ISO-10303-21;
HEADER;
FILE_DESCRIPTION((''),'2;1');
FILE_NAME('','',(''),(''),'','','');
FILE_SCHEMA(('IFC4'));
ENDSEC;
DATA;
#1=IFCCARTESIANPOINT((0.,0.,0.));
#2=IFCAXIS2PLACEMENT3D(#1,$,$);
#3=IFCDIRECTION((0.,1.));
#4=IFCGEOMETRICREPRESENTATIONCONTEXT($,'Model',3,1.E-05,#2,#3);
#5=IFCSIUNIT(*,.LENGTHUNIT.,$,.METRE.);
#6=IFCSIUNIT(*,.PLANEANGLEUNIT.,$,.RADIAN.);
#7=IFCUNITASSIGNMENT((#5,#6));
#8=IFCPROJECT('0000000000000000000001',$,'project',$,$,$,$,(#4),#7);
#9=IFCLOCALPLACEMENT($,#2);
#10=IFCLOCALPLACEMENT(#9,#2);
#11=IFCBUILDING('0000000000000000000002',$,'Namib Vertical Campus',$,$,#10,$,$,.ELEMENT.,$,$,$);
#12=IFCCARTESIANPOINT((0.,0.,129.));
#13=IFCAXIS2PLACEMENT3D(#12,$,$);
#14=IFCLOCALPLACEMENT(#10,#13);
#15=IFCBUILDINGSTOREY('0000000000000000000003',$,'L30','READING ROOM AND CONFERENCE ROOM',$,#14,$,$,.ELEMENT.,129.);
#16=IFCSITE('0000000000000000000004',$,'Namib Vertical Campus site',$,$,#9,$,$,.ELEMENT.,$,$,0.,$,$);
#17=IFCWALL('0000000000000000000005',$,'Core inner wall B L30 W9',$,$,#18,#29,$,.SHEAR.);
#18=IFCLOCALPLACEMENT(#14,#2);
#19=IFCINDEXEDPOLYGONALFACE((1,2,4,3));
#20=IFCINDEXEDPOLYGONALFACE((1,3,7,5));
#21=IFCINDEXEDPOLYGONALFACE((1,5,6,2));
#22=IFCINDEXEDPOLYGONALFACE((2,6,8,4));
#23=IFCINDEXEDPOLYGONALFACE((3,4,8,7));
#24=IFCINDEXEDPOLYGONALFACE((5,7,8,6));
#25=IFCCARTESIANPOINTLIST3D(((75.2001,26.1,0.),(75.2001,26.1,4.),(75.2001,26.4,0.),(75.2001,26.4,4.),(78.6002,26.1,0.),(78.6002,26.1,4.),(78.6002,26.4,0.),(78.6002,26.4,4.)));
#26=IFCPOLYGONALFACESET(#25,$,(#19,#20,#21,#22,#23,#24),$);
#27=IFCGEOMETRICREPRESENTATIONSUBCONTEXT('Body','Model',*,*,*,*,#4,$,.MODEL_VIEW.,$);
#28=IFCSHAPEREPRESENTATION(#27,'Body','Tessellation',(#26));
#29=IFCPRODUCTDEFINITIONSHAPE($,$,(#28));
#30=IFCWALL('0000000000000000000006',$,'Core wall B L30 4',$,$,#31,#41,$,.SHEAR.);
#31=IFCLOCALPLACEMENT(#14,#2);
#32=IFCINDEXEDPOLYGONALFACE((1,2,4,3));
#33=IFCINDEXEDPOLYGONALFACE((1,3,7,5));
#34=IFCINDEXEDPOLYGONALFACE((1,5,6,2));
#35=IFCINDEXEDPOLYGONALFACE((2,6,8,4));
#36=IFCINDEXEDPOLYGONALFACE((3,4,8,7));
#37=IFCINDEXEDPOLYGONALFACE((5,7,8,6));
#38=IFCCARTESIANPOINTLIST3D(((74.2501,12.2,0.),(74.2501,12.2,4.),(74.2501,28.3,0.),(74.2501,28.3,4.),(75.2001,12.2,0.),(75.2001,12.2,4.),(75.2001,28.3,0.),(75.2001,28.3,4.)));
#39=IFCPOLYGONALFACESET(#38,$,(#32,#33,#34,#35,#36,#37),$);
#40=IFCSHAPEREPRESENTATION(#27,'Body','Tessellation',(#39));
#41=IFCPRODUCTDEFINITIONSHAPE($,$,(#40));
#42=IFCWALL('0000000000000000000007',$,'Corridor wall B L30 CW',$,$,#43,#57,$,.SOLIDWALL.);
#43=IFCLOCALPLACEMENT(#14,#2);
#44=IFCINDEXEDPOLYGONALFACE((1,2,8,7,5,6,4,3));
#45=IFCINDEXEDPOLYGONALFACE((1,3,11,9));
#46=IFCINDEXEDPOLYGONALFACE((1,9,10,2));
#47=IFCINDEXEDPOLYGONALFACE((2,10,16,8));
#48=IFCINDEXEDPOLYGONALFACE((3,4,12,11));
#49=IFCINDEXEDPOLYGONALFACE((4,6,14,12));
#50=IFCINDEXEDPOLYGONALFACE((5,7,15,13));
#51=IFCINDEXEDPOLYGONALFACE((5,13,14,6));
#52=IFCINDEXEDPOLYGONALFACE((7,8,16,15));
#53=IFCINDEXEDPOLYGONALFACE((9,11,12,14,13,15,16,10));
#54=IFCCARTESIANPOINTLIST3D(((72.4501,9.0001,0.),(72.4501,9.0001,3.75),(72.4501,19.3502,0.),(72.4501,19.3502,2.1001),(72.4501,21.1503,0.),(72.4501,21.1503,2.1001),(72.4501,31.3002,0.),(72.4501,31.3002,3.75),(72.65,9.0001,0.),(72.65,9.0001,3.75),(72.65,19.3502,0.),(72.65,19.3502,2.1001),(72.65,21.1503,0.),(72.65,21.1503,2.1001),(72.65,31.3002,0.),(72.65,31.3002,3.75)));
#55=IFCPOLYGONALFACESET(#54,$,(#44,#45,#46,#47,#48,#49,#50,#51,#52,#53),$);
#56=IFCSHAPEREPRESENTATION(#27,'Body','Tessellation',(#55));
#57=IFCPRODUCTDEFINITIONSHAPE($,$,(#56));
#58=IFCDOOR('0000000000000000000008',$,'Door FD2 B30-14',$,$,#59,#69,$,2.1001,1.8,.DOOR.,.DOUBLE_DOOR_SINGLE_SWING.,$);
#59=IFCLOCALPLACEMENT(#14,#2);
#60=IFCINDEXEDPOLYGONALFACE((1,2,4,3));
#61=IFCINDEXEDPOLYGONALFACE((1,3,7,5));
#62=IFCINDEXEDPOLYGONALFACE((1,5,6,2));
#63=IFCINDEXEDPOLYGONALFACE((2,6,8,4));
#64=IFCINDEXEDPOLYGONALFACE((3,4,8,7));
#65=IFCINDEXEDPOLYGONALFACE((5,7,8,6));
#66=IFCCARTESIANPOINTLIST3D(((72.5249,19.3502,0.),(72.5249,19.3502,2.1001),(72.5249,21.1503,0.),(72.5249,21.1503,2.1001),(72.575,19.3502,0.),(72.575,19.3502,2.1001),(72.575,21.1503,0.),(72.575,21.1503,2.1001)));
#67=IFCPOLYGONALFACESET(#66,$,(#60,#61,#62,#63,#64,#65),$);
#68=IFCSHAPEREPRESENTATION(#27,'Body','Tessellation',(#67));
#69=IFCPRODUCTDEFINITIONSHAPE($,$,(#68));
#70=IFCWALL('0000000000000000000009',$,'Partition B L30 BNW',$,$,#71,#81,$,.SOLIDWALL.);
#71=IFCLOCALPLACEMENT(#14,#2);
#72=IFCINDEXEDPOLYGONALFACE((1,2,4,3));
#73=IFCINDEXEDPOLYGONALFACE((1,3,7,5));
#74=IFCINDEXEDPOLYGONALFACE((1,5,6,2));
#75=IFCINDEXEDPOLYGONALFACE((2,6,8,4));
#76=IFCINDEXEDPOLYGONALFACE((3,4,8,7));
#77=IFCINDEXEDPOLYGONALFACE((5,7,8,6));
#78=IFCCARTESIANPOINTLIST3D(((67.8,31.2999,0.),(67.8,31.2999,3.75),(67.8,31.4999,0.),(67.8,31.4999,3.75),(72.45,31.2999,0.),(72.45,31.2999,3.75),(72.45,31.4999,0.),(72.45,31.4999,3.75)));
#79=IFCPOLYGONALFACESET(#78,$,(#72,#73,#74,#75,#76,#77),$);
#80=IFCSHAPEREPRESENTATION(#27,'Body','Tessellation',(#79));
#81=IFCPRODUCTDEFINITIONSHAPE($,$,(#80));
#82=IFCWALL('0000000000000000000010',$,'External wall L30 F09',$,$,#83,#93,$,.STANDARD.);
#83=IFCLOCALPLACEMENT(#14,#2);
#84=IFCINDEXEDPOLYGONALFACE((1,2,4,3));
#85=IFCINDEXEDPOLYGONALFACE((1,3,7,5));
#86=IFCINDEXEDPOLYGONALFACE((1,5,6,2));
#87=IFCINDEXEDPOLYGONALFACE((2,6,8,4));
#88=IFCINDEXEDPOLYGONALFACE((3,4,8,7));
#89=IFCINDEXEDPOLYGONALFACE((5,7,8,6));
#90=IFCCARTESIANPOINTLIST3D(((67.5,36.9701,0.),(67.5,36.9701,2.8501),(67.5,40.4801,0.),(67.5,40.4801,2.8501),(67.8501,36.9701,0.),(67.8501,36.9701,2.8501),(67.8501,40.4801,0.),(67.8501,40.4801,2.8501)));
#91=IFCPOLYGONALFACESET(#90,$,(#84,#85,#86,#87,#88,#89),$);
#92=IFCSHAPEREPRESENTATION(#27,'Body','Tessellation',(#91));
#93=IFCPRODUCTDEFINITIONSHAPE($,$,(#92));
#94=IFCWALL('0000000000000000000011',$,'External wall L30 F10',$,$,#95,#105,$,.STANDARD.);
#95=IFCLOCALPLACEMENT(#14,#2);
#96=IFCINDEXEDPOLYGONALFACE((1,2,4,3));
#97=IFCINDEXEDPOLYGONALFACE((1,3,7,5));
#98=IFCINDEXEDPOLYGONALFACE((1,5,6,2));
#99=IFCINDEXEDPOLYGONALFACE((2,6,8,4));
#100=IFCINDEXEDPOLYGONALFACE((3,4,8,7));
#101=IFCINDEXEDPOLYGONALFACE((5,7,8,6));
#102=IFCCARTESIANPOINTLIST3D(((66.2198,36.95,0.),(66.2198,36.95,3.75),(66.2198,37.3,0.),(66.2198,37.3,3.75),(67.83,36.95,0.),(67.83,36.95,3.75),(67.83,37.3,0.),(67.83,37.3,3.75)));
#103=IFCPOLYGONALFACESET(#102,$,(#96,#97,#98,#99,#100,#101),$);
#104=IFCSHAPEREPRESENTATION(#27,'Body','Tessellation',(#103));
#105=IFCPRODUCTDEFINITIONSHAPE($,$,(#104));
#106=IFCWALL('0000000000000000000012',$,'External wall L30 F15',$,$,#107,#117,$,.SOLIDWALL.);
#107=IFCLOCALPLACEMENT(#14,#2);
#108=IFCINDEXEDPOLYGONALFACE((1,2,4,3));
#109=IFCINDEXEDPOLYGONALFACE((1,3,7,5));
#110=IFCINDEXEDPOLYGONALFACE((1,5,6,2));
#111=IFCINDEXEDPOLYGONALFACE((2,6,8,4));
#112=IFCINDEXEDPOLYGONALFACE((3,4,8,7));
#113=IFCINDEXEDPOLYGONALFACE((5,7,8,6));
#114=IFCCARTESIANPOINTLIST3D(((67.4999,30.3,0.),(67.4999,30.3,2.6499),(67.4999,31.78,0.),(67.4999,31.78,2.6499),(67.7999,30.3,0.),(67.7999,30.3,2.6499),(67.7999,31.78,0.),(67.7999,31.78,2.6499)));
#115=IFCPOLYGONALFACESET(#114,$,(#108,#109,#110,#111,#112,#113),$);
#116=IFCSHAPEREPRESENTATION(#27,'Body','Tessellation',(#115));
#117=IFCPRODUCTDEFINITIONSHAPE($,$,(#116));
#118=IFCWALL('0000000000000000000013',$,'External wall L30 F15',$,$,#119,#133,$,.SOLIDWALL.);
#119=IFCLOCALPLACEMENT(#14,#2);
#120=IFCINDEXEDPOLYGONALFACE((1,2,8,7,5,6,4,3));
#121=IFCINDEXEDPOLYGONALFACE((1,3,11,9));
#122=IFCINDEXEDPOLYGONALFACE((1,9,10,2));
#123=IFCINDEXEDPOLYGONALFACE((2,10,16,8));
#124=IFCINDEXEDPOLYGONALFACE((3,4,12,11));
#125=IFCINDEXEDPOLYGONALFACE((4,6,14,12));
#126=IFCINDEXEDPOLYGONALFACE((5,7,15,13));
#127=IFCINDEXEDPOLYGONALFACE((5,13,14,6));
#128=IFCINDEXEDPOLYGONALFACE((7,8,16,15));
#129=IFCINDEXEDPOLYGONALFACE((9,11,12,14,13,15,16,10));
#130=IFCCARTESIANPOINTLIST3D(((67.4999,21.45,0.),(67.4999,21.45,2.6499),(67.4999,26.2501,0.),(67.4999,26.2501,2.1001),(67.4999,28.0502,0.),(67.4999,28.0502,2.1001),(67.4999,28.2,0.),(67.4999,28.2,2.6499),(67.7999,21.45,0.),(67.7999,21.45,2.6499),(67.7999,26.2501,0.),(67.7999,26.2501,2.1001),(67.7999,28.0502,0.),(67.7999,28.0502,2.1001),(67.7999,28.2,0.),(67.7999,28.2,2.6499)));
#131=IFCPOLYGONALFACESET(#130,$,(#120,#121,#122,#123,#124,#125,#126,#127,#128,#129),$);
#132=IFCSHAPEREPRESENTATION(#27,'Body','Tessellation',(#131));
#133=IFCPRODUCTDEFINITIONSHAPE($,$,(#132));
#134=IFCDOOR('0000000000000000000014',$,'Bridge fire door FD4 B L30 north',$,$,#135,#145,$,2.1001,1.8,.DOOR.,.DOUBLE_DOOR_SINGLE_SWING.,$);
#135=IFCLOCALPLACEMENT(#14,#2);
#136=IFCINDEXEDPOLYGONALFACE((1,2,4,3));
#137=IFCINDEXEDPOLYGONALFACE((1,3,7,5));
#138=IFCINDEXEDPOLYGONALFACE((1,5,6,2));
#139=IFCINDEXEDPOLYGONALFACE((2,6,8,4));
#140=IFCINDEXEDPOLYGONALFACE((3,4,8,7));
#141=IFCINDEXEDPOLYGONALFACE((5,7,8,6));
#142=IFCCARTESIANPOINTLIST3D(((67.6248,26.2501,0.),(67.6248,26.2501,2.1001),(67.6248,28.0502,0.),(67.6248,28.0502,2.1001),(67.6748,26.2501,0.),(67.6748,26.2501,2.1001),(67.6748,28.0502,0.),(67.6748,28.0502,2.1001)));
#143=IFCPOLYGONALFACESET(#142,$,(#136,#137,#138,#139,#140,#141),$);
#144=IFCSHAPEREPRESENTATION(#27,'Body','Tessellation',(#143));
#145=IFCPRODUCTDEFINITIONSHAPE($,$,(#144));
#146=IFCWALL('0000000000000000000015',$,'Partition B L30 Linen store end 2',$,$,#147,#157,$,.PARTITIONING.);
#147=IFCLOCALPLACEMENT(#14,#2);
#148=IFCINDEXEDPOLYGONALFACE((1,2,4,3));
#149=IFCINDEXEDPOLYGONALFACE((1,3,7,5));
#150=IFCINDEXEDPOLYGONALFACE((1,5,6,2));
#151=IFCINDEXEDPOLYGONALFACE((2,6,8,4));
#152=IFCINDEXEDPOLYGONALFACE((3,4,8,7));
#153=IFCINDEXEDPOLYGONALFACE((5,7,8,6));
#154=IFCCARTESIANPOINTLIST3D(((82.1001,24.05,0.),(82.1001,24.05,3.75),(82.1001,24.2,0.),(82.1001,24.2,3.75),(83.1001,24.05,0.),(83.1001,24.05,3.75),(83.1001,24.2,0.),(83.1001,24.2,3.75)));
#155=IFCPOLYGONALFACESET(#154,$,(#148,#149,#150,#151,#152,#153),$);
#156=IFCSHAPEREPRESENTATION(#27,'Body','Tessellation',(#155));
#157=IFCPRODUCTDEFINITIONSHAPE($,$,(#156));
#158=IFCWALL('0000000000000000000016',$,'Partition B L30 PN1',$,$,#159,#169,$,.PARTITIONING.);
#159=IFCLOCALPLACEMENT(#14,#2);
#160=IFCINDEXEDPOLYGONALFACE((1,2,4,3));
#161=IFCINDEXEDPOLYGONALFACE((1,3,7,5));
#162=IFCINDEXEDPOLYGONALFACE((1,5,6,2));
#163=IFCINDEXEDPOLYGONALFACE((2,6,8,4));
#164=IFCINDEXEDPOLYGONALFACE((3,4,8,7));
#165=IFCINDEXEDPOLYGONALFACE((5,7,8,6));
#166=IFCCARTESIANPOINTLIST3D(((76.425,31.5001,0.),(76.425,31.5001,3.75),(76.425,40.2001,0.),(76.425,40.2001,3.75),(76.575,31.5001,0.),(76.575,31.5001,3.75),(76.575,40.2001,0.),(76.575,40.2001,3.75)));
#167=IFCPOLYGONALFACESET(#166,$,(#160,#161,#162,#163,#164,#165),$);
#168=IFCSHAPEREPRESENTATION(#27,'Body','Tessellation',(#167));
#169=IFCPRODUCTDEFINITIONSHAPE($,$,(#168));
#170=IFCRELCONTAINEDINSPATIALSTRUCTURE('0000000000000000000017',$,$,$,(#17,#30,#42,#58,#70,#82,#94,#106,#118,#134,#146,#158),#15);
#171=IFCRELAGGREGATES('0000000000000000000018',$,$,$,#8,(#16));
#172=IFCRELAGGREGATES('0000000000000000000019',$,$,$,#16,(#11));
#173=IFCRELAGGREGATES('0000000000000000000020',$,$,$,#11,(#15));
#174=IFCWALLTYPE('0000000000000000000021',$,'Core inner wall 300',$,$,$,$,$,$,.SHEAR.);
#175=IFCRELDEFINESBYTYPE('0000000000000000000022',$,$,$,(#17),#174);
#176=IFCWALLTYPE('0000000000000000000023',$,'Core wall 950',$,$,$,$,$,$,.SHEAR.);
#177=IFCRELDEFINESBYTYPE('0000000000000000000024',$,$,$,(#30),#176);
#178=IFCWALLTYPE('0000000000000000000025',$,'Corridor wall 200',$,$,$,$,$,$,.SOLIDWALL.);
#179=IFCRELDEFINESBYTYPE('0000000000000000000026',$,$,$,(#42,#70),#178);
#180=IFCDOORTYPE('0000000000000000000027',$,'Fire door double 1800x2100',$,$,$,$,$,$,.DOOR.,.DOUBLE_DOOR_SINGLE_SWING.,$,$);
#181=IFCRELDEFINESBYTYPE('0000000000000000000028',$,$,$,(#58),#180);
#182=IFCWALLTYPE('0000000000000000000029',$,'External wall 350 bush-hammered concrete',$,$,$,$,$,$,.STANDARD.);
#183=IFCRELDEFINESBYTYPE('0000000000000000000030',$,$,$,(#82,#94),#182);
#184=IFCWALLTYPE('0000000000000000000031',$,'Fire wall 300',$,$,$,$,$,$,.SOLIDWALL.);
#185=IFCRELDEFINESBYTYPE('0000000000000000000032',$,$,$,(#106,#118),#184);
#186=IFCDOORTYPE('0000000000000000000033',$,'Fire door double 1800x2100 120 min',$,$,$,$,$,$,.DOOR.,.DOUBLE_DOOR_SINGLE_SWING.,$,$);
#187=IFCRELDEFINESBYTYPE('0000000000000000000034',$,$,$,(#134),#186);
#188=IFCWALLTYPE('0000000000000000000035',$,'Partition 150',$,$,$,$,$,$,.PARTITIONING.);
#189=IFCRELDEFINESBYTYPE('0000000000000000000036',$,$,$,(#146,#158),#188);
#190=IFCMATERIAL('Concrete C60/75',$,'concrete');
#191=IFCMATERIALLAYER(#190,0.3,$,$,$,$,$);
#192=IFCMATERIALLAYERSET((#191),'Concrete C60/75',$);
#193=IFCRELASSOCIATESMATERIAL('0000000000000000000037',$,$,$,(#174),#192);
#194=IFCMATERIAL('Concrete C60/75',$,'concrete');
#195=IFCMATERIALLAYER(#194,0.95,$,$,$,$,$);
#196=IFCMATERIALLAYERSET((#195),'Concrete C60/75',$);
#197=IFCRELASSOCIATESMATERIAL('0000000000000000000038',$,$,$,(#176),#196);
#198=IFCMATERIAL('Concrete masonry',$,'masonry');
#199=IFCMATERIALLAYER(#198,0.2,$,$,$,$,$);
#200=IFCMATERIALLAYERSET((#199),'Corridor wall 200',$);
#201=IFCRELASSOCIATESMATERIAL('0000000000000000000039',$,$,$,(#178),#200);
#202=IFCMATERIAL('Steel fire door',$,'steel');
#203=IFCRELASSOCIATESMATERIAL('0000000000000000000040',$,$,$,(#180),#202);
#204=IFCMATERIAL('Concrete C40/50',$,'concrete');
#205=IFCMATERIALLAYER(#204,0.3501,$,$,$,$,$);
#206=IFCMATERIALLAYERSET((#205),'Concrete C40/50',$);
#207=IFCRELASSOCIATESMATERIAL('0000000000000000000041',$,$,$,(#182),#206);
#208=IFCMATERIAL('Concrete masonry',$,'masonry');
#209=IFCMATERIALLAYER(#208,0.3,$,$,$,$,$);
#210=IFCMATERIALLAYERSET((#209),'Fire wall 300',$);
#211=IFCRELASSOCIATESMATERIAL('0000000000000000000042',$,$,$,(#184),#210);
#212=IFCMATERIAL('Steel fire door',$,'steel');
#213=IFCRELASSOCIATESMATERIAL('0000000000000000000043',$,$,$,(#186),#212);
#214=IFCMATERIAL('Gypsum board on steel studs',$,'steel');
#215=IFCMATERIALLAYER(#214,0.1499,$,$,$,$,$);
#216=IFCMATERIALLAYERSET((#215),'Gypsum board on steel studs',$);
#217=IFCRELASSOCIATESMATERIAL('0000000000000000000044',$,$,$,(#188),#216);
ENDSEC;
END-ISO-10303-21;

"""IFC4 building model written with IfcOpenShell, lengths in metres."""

from ifc_helpers import new_model, si_unit, direction, frame, frame_2d, origin, place, context, subcontext, project, spatial, rectangle, extrude, material, layer, layer_set, type_object, element, fill, save


model = new_model("IFC4")

# Units and contexts
model_context = context("Model", 3, precision=1e-05, world=origin(), true_north=direction((0.0, 1.0)))
body_context = subcontext(model_context, "Body", "Model", "MODEL_VIEW")
ifc_project = project(units=[si_unit("LENGTHUNIT", "METRE"), si_unit("PLANEANGLEUNIT", "RADIAN")], contexts=[model_context])

# Site, building, storey
site_placement = place(None, origin())
site = spatial("IfcSite", under=ifc_project, at=site_placement, Name="Namib Vertical Campus site", CompositionType="ELEMENT", RefElevation=0.0)
building_placement = place(site_placement, origin())
building = spatial("IfcBuilding", under=site, at=building_placement, Name="Namib Vertical Campus", CompositionType="ELEMENT")
storey_placement = place(building_placement, frame((0.0, 0.0, 129.0)))
storey = spatial("IfcBuildingStorey", under=building, at=storey_placement, Name="L30", Description="READING ROOM AND CONFERENCE ROOM", CompositionType="ELEMENT", Elevation=129.0)

# Walls
ifc_material_1 = material(Name="Concrete C60/75", Category="concrete")
ifc_layer_1 = layer(ifc_material_1, 0.3)
ifc_layer_set_1 = layer_set([ifc_layer_1], Name="Concrete C60/75")
wall_type_1 = type_object("IfcWallType", Name="Core inner wall 300", PredefinedType="SHEAR", material=ifc_layer_set_1)
wall_1_placement = place(storey_placement, frame((75.2, 26.25, 0.0), z_axis=(0.0, 0.0, 1.0), x_axis=(1.0, 0.0, 0.0)))
element("IfcWall", 1, at=wall_1_placement, inside=storey, type_object=wall_type_1, Name="Core inner wall B L30 W9", PredefinedType="SHEAR", context=body_context, shape_type="SweptSolid", body=[
    extrude(rectangle(XDim=3.4001, YDim=0.3, at=frame_2d((1.7002, 0.0))), origin(), (0.0, 0.0, 1.0), 4.0),
])
ifc_material_2 = material(Name="Concrete C60/75", Category="concrete")
ifc_layer_2 = layer(ifc_material_2, 0.95)
ifc_layer_set_2 = layer_set([ifc_layer_2], Name="Concrete C60/75")
wall_type_2 = type_object("IfcWallType", Name="Core wall 950", PredefinedType="SHEAR", material=ifc_layer_set_2)
wall_2_placement = place(storey_placement, frame((74.7251, 28.3, 0.0), z_axis=(0.0, 0.0, 1.0), x_axis=(0.0, -1.0, 0.0)))
element("IfcWall", 2, at=wall_2_placement, inside=storey, type_object=wall_type_2, Name="Core wall B L30 4", PredefinedType="SHEAR", context=body_context, shape_type="SweptSolid", body=[
    extrude(rectangle(XDim=16.1001, YDim=0.95, at=frame_2d((8.05, 0.0))), origin(), (0.0, 0.0, 1.0), 4.0),
])

# Wall, opening, door
ifc_material_3 = material(Name="Concrete masonry", Category="masonry")
ifc_layer_3 = layer(ifc_material_3, 0.2)
ifc_layer_set_3 = layer_set([ifc_layer_3], Name="Corridor wall 200")
wall_type_3 = type_object("IfcWallType", Name="Corridor wall 200", PredefinedType="SOLIDWALL", material=ifc_layer_set_3)
wall_3_placement = place(storey_placement, frame((72.55, 31.3, 0.0), z_axis=(0.0, 0.0, 1.0), x_axis=(0.0, -1.0, 0.0)))
wall_3 = element("IfcWall", 3, at=wall_3_placement, inside=storey, type_object=wall_type_3, Name="Corridor wall B L30 CW", PredefinedType="SOLIDWALL", context=body_context, shape_type="SweptSolid", body=[
    extrude(rectangle(XDim=22.3, YDim=0.2, at=frame_2d((11.1499, 0.0))), origin(), (0.0, 0.0, 1.0), 3.75),
])
opening_1_placement = place(wall_3_placement, frame((10.1499, 0.0, 0.0)))
opening_1 = element("IfcOpeningElement", 4, at=opening_1_placement, cuts=wall_3, PredefinedType="OPENING", context=body_context, shape_type="SweptSolid", body=[
    extrude(rectangle(XDim=1.8, YDim=2.1001, at=frame_2d((0.8999, 1.05))), frame((0.0, 0.1099, 0.0), z_axis=(0.0, -1.0, 0.0), x_axis=(1.0, 0.0, 0.0)), (0.0, 0.0, 1.0), 0.22),
])
ifc_material_4 = material(Name="Steel fire door", Category="steel")
door_type_1 = type_object("IfcDoorType", Name="Fire door double 1800x2100", OperationType="DOUBLE_DOOR_SINGLE_SWING", PredefinedType="DOOR", material=ifc_material_4)
door_1_placement = place(opening_1_placement, origin())
door_1 = element("IfcDoor", 5, at=door_1_placement, inside=storey, type_object=door_type_1, Name="Door FD2 B30-14", OperationType="DOUBLE_DOOR_SINGLE_SWING", OverallHeight=2.1001, OverallWidth=1.8, PredefinedType="DOOR", context=body_context, shape_type="SweptSolid", body=[
    extrude(rectangle(XDim=1.8, YDim=2.1001, at=frame_2d((0.8999, 1.05))), frame((0.0, 0.0249, 0.0), z_axis=(0.0, -1.0, 0.0), x_axis=(1.0, 0.0, 0.0)), (0.0, 0.0, 1.0), 0.05),
])
fill(opening_1, door_1)

# Walls
wall_4_placement = place(storey_placement, frame((67.8, 31.3999, 0.0), z_axis=(0.0, 0.0, 1.0), x_axis=(1.0, 0.0, 0.0)))
element("IfcWall", 6, at=wall_4_placement, inside=storey, type_object=wall_type_3, Name="Partition B L30 BNW", PredefinedType="SOLIDWALL", context=body_context, shape_type="SweptSolid", body=[
    extrude(rectangle(XDim=4.6499, YDim=0.2, at=frame_2d((2.325, 0.0))), origin(), (0.0, 0.0, 1.0), 3.75),
])
ifc_material_5 = material(Name="Concrete C40/50", Category="concrete")
ifc_layer_4 = layer(ifc_material_5, 0.3501)
ifc_layer_set_4 = layer_set([ifc_layer_4], Name="Concrete C40/50")
wall_type_4 = type_object("IfcWallType", Name="External wall 350 bush-hammered concrete", PredefinedType="STANDARD", material=ifc_layer_set_4)
wall_5_placement = place(storey_placement, frame((67.675, 40.48, 0.0), z_axis=(0.0, 0.0, 1.0), x_axis=(0.0, -1.0, 0.0)))
element("IfcWall", 7, at=wall_5_placement, inside=storey, type_object=wall_type_4, Name="External wall L30 F09", PredefinedType="STANDARD", context=body_context, shape_type="SweptSolid", body=[
    extrude(rectangle(XDim=3.51, YDim=0.3501, at=frame_2d((1.7549, 0.0))), origin(), (0.0, 0.0, 1.0), 2.8501),
])
wall_6_placement = place(storey_placement, frame((67.8301, 37.125, 0.0), z_axis=(0.0, 0.0, 1.0), x_axis=(-1.0, 0.0, 0.0)))
element("IfcWall", 8, at=wall_6_placement, inside=storey, type_object=wall_type_4, Name="External wall L30 F10", PredefinedType="STANDARD", context=body_context, shape_type="SweptSolid", body=[
    extrude(rectangle(XDim=1.6101, YDim=0.3501, at=frame_2d((0.8052, 0.0))), origin(), (0.0, 0.0, 1.0), 3.75),
])
ifc_material_6 = material(Name="Concrete masonry", Category="masonry")
ifc_layer_5 = layer(ifc_material_6, 0.3)
ifc_layer_set_5 = layer_set([ifc_layer_5], Name="Fire wall 300")
wall_type_5 = type_object("IfcWallType", Name="Fire wall 300", PredefinedType="SOLIDWALL", material=ifc_layer_set_5)
wall_7_placement = place(storey_placement, frame((67.6499, 31.78, 0.0), z_axis=(0.0, 0.0, 1.0), x_axis=(0.0, -1.0, 0.0)))
element("IfcWall", 9, at=wall_7_placement, inside=storey, type_object=wall_type_5, Name="External wall L30 F15", PredefinedType="SOLIDWALL", context=body_context, shape_type="SweptSolid", body=[
    extrude(rectangle(XDim=1.48, YDim=0.3, at=frame_2d((0.74, 0.0))), origin(), (0.0, 0.0, 1.0), 2.6499),
])

# Wall, opening, door
wall_8_placement = place(storey_placement, frame((67.6499, 28.2, 0.0), z_axis=(0.0, 0.0, 1.0), x_axis=(0.0, -1.0, 0.0)))
wall_8 = element("IfcWall", 10, at=wall_8_placement, inside=storey, type_object=wall_type_5, Name="External wall L30 F15", PredefinedType="SOLIDWALL", context=body_context, shape_type="SweptSolid", body=[
    extrude(rectangle(XDim=6.75, YDim=0.3, at=frame_2d((3.375, 0.0))), origin(), (0.0, 0.0, 1.0), 2.6499),
])
opening_2_placement = place(wall_8_placement, frame((0.1499, 0.0, 0.0)))
opening_2 = element("IfcOpeningElement", 11, at=opening_2_placement, cuts=wall_8, PredefinedType="OPENING", context=body_context, shape_type="SweptSolid", body=[
    extrude(rectangle(XDim=1.8, YDim=2.1001, at=frame_2d((0.8999, 1.05))), frame((0.0, 0.1599, 0.0), z_axis=(0.0, -1.0, 0.0), x_axis=(1.0, 0.0, 0.0)), (0.0, 0.0, 1.0), 0.3201),
])
ifc_material_7 = material(Name="Steel fire door", Category="steel")
door_type_2 = type_object("IfcDoorType", Name="Fire door double 1800x2100 120 min", OperationType="DOUBLE_DOOR_SINGLE_SWING", PredefinedType="DOOR", material=ifc_material_7)
door_2_placement = place(opening_2_placement, origin())
door_2 = element("IfcDoor", 12, at=door_2_placement, inside=storey, type_object=door_type_2, Name="Bridge fire door FD4 B L30 north", OperationType="DOUBLE_DOOR_SINGLE_SWING", OverallHeight=2.1001, OverallWidth=1.8, PredefinedType="DOOR", context=body_context, shape_type="SweptSolid", body=[
    extrude(rectangle(XDim=1.8, YDim=2.1001, at=frame_2d((0.8999, 1.05))), frame((0.0, 0.0249, 0.0), z_axis=(0.0, -1.0, 0.0), x_axis=(1.0, 0.0, 0.0)), (0.0, 0.0, 1.0), 0.05),
])
fill(opening_2, door_2)

# Walls
ifc_material_8 = material(Name="Gypsum board on steel studs", Category="steel")
ifc_layer_6 = layer(ifc_material_8, 0.1499)
ifc_layer_set_6 = layer_set([ifc_layer_6], Name="Gypsum board on steel studs")
wall_type_6 = type_object("IfcWallType", Name="Partition 150", PredefinedType="PARTITIONING", material=ifc_layer_set_6)
wall_9_placement = place(storey_placement, frame((82.1001, 24.125, 0.0), z_axis=(0.0, 0.0, 1.0), x_axis=(1.0, 0.0, 0.0)))
element("IfcWall", 13, at=wall_9_placement, inside=storey, type_object=wall_type_6, Name="Partition B L30 Linen store end 2", PredefinedType="PARTITIONING", context=body_context, shape_type="SweptSolid", body=[
    extrude(rectangle(XDim=1.0, YDim=0.1499, at=frame_2d((0.5, 0.0))), origin(), (0.0, 0.0, 1.0), 3.75),
])
wall_10_placement = place(storey_placement, frame((76.5, 31.5, 0.0), z_axis=(0.0, 0.0, 1.0), x_axis=(0.0, 1.0, 0.0)))
element("IfcWall", 14, at=wall_10_placement, inside=storey, type_object=wall_type_6, Name="Partition B L30 PN1", PredefinedType="PARTITIONING", context=body_context, shape_type="SweptSolid", body=[
    extrude(rectangle(XDim=8.7, YDim=0.1499, at=frame_2d((4.3501, 0.0))), origin(), (0.0, 0.0, 1.0), 3.75),
])

save(model, "model.ifc")
